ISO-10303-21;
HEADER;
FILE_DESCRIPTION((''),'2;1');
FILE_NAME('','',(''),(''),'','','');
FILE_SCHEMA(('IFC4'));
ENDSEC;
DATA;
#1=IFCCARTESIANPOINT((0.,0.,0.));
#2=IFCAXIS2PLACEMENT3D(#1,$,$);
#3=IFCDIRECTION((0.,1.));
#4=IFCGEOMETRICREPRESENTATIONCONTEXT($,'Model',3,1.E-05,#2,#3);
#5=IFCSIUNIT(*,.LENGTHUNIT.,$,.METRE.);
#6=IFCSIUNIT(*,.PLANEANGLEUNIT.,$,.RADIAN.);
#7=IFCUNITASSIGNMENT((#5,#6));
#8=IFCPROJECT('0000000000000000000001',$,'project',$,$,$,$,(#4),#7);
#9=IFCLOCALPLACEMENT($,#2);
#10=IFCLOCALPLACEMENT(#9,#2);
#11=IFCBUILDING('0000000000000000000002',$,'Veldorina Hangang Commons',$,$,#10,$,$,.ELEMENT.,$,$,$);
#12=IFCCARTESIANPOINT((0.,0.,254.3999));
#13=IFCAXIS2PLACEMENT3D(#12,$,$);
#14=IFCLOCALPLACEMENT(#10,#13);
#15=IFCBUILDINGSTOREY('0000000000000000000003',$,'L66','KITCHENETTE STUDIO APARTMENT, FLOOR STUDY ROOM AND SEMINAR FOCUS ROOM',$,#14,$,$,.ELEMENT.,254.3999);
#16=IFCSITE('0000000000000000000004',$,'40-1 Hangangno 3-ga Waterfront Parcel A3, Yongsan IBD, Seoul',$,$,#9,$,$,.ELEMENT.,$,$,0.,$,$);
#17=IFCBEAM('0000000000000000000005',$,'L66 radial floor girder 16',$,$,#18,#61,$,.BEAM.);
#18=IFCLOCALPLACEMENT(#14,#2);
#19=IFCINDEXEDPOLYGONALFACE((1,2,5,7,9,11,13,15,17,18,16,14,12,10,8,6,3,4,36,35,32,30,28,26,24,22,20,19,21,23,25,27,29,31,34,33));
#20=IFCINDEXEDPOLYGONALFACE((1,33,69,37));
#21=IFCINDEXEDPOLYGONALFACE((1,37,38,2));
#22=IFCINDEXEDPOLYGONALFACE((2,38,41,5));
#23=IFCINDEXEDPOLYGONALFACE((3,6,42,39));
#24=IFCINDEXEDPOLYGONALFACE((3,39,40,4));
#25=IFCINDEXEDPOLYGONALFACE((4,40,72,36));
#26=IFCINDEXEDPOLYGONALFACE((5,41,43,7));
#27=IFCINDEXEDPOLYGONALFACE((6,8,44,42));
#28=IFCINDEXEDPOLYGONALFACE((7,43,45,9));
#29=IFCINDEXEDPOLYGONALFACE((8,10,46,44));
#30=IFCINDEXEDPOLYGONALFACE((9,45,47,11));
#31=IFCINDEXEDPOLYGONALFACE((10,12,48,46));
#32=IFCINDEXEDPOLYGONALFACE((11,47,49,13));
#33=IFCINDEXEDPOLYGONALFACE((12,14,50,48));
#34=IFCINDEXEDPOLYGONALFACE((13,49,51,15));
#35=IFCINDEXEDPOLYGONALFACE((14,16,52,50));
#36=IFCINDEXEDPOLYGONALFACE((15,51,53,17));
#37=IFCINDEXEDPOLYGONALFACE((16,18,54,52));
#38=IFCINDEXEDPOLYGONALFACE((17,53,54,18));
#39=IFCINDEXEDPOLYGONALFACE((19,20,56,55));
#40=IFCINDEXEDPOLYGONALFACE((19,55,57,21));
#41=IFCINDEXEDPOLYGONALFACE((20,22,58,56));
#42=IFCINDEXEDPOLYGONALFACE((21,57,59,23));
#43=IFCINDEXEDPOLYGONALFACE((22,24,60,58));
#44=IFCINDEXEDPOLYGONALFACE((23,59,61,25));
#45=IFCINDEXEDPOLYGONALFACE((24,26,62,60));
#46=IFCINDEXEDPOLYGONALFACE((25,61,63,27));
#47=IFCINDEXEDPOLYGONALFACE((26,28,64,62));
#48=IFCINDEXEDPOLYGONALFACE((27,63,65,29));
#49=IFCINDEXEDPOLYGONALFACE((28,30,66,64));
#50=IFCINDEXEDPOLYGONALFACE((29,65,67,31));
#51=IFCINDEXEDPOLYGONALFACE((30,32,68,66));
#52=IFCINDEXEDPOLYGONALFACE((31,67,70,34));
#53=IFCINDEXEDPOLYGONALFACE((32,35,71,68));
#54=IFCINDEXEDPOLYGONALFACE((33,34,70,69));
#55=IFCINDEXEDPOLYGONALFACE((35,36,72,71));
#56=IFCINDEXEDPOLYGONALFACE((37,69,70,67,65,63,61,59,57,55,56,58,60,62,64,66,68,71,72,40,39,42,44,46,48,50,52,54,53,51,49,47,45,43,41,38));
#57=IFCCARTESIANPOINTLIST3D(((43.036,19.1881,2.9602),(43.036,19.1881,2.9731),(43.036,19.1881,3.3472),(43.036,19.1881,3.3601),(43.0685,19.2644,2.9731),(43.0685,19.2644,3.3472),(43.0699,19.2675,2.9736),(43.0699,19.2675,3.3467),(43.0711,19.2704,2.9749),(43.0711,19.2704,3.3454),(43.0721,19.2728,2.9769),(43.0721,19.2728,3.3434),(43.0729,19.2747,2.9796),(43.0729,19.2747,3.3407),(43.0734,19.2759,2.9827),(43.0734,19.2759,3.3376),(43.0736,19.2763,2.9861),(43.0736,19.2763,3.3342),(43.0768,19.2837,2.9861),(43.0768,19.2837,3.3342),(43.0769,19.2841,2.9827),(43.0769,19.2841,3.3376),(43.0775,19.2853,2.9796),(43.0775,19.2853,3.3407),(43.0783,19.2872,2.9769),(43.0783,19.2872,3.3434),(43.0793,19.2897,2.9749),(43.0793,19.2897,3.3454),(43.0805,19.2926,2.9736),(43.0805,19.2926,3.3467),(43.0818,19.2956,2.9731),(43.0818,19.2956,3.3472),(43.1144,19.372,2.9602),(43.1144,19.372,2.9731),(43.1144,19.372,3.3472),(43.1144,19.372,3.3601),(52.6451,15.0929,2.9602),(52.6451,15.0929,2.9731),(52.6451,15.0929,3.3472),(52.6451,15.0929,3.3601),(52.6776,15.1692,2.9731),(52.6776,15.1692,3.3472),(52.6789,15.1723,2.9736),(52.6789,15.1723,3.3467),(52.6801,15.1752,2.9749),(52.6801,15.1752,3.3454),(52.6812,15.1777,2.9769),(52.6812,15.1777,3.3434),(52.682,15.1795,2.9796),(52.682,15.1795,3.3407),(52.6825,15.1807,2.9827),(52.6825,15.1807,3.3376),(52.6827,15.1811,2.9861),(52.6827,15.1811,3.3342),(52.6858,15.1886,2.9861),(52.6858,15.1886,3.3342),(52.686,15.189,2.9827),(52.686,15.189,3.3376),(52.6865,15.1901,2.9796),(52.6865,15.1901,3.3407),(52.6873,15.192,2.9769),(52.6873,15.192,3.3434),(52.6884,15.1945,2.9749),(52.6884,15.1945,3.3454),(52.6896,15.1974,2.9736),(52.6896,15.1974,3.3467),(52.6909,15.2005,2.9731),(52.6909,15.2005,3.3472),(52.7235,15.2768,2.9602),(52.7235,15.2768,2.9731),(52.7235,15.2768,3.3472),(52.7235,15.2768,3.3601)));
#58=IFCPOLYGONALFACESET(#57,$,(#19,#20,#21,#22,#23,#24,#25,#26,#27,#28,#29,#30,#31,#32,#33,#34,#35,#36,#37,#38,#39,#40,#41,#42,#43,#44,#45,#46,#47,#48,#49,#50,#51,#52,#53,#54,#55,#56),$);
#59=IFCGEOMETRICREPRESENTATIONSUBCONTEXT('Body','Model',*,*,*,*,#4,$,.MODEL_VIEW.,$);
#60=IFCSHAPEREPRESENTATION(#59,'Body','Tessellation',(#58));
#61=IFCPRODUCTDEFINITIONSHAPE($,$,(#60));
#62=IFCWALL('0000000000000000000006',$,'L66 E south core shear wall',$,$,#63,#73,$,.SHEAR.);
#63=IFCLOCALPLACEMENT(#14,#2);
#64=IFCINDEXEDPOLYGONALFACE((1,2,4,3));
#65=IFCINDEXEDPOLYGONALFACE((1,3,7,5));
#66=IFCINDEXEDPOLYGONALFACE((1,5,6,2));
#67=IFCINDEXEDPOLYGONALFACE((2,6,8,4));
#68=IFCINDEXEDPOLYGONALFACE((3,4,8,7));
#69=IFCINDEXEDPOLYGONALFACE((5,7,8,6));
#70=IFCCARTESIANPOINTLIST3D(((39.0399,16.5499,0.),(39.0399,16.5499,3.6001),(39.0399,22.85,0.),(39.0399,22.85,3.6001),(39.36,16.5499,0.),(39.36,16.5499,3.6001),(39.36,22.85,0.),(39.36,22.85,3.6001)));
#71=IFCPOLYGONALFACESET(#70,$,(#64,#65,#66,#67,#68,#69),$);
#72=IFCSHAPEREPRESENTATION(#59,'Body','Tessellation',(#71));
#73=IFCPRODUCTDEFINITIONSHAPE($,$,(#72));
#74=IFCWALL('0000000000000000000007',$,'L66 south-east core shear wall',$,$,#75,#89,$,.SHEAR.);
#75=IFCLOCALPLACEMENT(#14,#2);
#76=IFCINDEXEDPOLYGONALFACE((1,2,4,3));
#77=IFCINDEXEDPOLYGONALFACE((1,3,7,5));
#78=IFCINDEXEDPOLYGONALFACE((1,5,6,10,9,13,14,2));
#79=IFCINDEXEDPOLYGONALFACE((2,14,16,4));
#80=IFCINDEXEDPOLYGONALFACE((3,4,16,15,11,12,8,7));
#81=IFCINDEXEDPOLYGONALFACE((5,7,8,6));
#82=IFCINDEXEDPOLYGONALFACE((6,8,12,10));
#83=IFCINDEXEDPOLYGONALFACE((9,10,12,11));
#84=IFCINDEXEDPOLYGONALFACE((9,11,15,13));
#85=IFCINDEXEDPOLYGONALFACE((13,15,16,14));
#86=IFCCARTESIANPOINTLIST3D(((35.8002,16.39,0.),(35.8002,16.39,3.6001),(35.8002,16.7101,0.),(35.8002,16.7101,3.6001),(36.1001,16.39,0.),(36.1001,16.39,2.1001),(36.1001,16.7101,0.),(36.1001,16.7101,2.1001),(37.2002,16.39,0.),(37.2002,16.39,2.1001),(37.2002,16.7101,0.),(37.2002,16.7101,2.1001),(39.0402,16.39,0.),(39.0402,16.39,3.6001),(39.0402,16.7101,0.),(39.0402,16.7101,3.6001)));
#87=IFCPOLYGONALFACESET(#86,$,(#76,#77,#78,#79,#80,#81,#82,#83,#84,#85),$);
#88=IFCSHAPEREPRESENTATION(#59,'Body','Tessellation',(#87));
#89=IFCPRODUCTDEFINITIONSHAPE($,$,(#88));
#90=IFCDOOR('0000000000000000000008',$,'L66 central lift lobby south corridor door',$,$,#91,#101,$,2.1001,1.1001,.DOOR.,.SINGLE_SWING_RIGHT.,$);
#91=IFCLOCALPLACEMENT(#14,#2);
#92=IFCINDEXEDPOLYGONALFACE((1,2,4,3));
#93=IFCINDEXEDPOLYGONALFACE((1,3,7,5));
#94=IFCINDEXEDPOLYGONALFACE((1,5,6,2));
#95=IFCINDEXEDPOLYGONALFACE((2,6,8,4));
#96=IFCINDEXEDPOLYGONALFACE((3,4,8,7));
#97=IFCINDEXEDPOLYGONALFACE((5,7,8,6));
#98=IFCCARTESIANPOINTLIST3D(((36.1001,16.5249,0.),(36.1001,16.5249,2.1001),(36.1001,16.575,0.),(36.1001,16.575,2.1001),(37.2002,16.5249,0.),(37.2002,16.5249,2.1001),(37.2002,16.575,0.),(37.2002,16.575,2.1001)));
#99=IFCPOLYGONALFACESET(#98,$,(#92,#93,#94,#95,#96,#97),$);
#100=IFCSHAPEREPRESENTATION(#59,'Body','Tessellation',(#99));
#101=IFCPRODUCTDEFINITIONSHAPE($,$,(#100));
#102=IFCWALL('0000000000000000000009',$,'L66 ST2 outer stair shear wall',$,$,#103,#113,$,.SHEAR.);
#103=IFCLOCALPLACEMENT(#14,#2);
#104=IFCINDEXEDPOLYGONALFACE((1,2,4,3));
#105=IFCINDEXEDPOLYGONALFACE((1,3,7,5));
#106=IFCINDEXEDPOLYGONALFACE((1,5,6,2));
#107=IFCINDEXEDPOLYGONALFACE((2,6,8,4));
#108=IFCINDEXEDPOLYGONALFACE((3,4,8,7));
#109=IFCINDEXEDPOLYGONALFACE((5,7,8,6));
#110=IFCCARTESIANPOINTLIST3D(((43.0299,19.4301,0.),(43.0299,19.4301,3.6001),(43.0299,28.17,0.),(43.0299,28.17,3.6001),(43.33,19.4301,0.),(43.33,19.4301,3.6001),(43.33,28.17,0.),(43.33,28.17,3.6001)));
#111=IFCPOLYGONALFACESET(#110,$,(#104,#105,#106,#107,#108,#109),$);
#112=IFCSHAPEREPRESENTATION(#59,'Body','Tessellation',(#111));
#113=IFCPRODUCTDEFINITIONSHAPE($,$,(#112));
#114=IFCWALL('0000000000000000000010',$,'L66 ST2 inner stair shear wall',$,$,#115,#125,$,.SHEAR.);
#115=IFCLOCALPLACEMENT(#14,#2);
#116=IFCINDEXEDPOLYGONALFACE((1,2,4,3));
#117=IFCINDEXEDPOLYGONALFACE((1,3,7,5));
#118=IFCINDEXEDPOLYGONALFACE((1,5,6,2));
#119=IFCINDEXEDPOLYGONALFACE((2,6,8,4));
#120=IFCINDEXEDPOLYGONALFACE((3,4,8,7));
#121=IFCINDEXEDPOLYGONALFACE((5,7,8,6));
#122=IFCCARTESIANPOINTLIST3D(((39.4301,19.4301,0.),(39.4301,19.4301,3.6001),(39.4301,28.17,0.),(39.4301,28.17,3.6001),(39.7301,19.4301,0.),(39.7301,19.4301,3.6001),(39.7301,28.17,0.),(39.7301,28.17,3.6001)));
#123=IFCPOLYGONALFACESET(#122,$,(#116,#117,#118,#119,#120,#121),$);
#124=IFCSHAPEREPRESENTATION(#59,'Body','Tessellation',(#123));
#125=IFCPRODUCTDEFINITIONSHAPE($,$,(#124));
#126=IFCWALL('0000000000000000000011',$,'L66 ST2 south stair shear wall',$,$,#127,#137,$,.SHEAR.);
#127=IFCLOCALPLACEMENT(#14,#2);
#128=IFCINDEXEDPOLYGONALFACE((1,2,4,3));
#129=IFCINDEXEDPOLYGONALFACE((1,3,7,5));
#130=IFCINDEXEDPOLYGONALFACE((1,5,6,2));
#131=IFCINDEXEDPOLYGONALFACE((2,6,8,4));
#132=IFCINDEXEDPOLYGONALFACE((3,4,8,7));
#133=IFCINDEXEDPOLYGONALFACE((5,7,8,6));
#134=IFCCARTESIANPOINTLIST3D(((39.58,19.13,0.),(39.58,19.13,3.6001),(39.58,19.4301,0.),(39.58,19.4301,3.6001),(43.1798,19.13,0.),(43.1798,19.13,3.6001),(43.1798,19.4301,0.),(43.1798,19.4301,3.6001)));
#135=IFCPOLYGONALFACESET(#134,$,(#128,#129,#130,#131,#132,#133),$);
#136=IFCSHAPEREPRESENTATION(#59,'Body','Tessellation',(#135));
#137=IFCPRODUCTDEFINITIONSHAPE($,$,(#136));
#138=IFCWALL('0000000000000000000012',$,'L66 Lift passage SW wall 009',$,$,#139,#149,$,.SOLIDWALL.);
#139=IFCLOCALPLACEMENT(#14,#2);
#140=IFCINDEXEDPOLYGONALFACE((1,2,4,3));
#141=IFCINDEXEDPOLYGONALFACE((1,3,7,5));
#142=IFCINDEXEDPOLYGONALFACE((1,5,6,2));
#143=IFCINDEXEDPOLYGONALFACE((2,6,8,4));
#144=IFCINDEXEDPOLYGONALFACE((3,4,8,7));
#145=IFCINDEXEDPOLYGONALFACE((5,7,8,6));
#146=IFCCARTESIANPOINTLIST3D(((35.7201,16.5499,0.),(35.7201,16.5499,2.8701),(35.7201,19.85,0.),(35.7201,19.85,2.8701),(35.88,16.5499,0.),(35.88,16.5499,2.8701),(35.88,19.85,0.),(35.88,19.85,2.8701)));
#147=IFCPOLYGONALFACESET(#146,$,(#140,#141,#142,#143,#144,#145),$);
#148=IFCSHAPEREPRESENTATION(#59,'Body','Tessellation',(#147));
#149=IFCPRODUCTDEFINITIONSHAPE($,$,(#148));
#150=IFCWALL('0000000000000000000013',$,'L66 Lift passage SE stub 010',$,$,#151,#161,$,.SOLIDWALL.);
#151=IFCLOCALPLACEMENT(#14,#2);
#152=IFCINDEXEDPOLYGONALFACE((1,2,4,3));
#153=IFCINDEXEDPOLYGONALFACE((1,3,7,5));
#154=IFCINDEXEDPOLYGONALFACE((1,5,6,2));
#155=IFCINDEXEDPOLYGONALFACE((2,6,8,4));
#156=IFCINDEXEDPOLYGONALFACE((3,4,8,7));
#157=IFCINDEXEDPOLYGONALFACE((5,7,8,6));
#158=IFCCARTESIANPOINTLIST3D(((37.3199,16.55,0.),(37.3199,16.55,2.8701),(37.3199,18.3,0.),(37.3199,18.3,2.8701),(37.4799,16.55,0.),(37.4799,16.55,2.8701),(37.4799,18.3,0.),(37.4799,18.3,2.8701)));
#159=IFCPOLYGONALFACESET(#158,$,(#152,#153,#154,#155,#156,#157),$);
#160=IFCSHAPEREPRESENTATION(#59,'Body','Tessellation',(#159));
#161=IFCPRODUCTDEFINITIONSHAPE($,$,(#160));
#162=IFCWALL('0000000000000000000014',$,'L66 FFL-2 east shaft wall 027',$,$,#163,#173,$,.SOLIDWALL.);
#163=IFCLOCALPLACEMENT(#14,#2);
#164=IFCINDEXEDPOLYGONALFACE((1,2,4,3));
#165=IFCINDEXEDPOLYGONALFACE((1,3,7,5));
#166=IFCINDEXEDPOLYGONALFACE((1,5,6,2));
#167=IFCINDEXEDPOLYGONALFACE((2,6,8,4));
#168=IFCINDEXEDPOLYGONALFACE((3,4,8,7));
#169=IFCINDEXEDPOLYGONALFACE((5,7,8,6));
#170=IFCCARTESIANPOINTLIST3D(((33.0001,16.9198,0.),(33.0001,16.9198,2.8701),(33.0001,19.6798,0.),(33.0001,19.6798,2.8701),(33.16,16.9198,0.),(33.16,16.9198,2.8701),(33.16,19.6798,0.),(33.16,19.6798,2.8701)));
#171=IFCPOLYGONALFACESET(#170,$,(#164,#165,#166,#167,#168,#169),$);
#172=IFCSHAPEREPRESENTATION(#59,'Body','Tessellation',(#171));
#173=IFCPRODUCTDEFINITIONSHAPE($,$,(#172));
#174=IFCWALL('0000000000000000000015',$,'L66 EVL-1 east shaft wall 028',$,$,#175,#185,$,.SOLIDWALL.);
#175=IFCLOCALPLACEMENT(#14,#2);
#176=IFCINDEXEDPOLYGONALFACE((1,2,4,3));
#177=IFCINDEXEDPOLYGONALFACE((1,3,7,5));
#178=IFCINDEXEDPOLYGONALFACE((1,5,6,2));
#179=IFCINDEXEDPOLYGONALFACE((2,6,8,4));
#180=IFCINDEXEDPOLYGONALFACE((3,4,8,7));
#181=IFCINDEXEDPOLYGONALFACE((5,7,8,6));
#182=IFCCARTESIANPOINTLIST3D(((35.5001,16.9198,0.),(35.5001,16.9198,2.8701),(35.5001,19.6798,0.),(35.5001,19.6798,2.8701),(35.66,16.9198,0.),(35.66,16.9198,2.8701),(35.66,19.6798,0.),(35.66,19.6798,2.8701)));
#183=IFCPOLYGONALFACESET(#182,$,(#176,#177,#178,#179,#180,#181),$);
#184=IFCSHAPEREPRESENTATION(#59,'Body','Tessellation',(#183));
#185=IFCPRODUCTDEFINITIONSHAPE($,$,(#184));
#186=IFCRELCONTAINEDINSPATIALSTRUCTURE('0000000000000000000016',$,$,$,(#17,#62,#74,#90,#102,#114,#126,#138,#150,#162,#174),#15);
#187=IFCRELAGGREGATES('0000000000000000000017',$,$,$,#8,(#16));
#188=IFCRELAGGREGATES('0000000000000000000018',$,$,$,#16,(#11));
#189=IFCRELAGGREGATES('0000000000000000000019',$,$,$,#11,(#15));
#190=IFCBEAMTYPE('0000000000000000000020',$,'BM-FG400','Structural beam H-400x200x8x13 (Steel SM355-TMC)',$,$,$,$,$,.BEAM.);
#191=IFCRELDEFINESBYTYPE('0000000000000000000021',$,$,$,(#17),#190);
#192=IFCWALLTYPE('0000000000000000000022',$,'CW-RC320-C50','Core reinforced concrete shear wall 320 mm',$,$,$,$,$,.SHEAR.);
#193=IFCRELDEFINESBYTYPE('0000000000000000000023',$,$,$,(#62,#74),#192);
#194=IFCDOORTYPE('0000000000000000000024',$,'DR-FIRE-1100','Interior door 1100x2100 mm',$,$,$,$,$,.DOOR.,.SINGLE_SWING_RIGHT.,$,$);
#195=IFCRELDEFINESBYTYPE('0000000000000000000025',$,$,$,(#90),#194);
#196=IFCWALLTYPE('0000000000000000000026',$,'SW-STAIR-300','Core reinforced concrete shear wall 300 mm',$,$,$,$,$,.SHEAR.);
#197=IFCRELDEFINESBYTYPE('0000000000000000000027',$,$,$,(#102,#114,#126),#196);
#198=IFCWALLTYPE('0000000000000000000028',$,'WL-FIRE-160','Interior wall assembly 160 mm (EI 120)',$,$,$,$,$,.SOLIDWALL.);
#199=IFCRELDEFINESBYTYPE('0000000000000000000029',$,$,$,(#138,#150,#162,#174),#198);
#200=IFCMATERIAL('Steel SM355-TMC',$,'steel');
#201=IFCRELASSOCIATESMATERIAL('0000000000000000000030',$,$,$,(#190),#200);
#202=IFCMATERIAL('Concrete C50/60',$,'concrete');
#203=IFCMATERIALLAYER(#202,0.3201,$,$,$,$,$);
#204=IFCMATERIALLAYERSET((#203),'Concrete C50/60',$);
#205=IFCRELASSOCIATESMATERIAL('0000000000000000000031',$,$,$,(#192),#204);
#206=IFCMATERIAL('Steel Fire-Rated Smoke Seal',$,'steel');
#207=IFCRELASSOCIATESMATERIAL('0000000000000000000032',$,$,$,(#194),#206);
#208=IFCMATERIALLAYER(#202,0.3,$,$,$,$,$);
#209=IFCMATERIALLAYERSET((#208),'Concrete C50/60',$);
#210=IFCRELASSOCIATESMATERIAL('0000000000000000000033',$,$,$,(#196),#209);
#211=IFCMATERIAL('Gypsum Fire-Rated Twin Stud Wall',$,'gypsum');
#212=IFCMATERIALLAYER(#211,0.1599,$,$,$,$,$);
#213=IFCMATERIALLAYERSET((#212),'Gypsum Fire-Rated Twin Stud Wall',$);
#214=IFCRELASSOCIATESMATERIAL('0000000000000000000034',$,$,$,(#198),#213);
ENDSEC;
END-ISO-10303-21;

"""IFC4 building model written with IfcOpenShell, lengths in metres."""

from ifc_helpers import new_model, si_unit, direction, frame, frame_2d, origin, origin_2d, place, context, subcontext, project, spatial, rectangle, i_section, extrude, material, layer, layer_set, material_profile, profile_set, type_object, element, fill, save


model = new_model("IFC4")

# Units and contexts
model_context = context("Model", 3, precision=1e-05, world=origin(), true_north=direction((0.0, 1.0)))
body_context = subcontext(model_context, "Body", "Model", "MODEL_VIEW")
ifc_project = project(units=[si_unit("LENGTHUNIT", "METRE"), si_unit("PLANEANGLEUNIT", "RADIAN")], contexts=[model_context])

# Site, building, storey
site_placement = place(None, origin())
site = spatial("IfcSite", under=ifc_project, at=site_placement, Name="40-1 Hangangno 3-ga Waterfront Parcel A3, Yongsan IBD, Seoul", CompositionType="ELEMENT", RefElevation=0.0)
building_placement = place(site_placement, origin())
building = spatial("IfcBuilding", under=site, at=building_placement, Name="Veldorina Hangang Commons", CompositionType="ELEMENT")
storey_placement = place(building_placement, frame((0.0, 0.0, 254.3999)))
storey = spatial("IfcBuildingStorey", under=building, at=storey_placement, Name="L66", Description="KITCHENETTE STUDIO APARTMENT, FLOOR STUDY ROOM AND SEMINAR FOCUS ROOM", CompositionType="ELEMENT", Elevation=254.3999)

# Beam
ifc_material_1 = material(Name="Concrete C50/60", Category="concrete")
ifc_material_2 = material(Name="Steel SM355-TMC", Category="steel")
ifc_material_profile_1 = material_profile(ifc_material_2, i_section(OverallWidth=0.2, OverallDepth=0.3999, WebThickness=0.0081, FlangeThickness=0.0129, FilletRadius=0.0129, at=origin_2d()), Name="H-400x200x8x13")
ifc_profile_set_1 = profile_set([ifc_material_profile_1], Name="Steel SM355-TMC")
beam_type_1 = type_object("IfcBeamType", Name="BM-FG400", Description="Structural beam H-400x200x8x13 (Steel SM355-TMC)", PredefinedType="BEAM", material=ifc_profile_set_1)
beam_1_placement = place(storey_placement, frame((43.0752, 19.28, 3.1602), z_axis=(0.91994, -0.39206, 0.0), x_axis=(0.39206, 0.91994, 0.0)))
element("IfcBeam", 1, at=beam_1_placement, inside=storey, type_object=beam_type_1, Name="L66 radial floor girder 16", PredefinedType="BEAM", context=body_context, shape_type="SweptSolid", body=[
    extrude(i_section(OverallWidth=0.2, OverallDepth=0.3999, WebThickness=0.0081, FlangeThickness=0.0129, FilletRadius=0.0129, at=origin_2d()), origin(), (0.0, 0.0, 1.0), 10.4453),
])

# Wall
ifc_layer_1 = layer(ifc_material_1, 0.3201)
ifc_layer_set_1 = layer_set([ifc_layer_1], Name="Concrete C50/60")
wall_type_1 = type_object("IfcWallType", Name="CW-RC320-C50", Description="Core reinforced concrete shear wall 320 mm", PredefinedType="SHEAR", material=ifc_layer_set_1)
wall_1_placement = place(storey_placement, frame((39.2, 16.55, 0.0), z_axis=(0.0, 0.0, 1.0), x_axis=(0.0, 1.0, 0.0)))
element("IfcWall", 2, at=wall_1_placement, inside=storey, type_object=wall_type_1, Name="L66 E south core shear wall", PredefinedType="SHEAR", context=body_context, shape_type="SweptSolid", body=[
    extrude(rectangle(XDim=6.3, YDim=0.3201, at=frame_2d((3.1499, 0.0))), origin(), (0.0, 0.0, 1.0), 3.6001),
])

# Wall, opening, door
wall_2_placement = place(storey_placement, frame((35.8, 16.55, 0.0), z_axis=(0.0, 0.0, 1.0), x_axis=(1.0, 0.0, 0.0)))
wall_2 = element("IfcWall", 3, at=wall_2_placement, inside=storey, type_object=wall_type_1, Name="L66 south-east core shear wall", PredefinedType="SHEAR", context=body_context, shape_type="SweptSolid", body=[
    extrude(rectangle(XDim=3.24, YDim=0.3201, at=frame_2d((1.6201, 0.0))), origin(), (0.0, 0.0, 1.0), 3.6001),
])
opening_1_placement = place(wall_2_placement, frame((0.3, 0.0, 0.0)))
opening_1 = element("IfcOpeningElement", 4, at=opening_1_placement, cuts=wall_2, PredefinedType="OPENING", context=body_context, shape_type="SweptSolid", body=[
    extrude(rectangle(XDim=1.1001, YDim=2.1001, at=frame_2d((0.55, 1.05))), frame((0.0, 0.1699, 0.0), z_axis=(0.0, -1.0, 0.0), x_axis=(1.0, 0.0, 0.0)), (0.0, 0.0, 1.0), 0.3401),
])
ifc_material_3 = material(Name="Steel Fire-Rated Smoke Seal", Category="steel")
door_type_1 = type_object("IfcDoorType", Name="DR-FIRE-1100", Description="Interior door 1100x2100 mm", OperationType="SINGLE_SWING_RIGHT", PredefinedType="DOOR", material=ifc_material_3)
door_1_placement = place(opening_1_placement, origin())
door_1 = element("IfcDoor", 5, at=door_1_placement, inside=storey, type_object=door_type_1, Name="L66 central lift lobby south corridor door", OperationType="SINGLE_SWING_RIGHT", OverallHeight=2.1001, OverallWidth=1.1001, PredefinedType="DOOR", context=body_context, shape_type="SweptSolid", body=[
    extrude(rectangle(XDim=1.1001, YDim=2.1001, at=frame_2d((0.55, 1.05))), frame((0.0, 0.0249, 0.0), z_axis=(0.0, -1.0, 0.0), x_axis=(1.0, 0.0, 0.0)), (0.0, 0.0, 1.0), 0.05),
])
fill(opening_1, door_1)

# Walls
ifc_layer_2 = layer(ifc_material_1, 0.3)
ifc_layer_set_2 = layer_set([ifc_layer_2], Name="Concrete C50/60")
wall_type_2 = type_object("IfcWallType", Name="SW-STAIR-300", Description="Core reinforced concrete shear wall 300 mm", PredefinedType="SHEAR", material=ifc_layer_set_2)
for number, where, z_axis, x_axis, name in (
    (6, (43.1799, 19.4299, 0.0), (0.0, 0.0, 1.0), (0.0, 1.0, 0.0), "L66 ST2 outer stair shear wall"),
    (7, (39.5801, 19.4299, 0.0), (0.0, 0.0, 1.0), (0.0, 1.0, 0.0), "L66 ST2 inner stair shear wall"),
):
    element("IfcWall", number, at=place(storey_placement, frame(where, z_axis=z_axis, x_axis=x_axis)), inside=storey, type_object=wall_type_2, Name=name, PredefinedType="SHEAR", context=body_context, shape_type="SweptSolid", body=[
        extrude(rectangle(XDim=8.74, YDim=0.3, at=frame_2d((4.3701, 0.0))), origin(), (0.0, 0.0, 1.0), 3.6001),
    ])
wall_3_placement = place(storey_placement, frame((39.5801, 19.28, 0.0), z_axis=(0.0, 0.0, 1.0), x_axis=(1.0, 0.0, 0.0)))
element("IfcWall", 8, at=wall_3_placement, inside=storey, type_object=wall_type_2, Name="L66 ST2 south stair shear wall", PredefinedType="SHEAR", context=body_context, shape_type="SweptSolid", body=[
    extrude(rectangle(XDim=3.5999, YDim=0.3, at=frame_2d((1.7998, 0.0))), origin(), (0.0, 0.0, 1.0), 3.6001),
])
ifc_material_4 = material(Name="Gypsum Fire-Rated Twin Stud Wall", Category="gypsum")
ifc_layer_3 = layer(ifc_material_4, 0.1599)
ifc_layer_set_3 = layer_set([ifc_layer_3], Name="Gypsum Fire-Rated Twin Stud Wall")
wall_type_3 = type_object("IfcWallType", Name="WL-FIRE-160", Description="Interior wall assembly 160 mm (EI 120)", PredefinedType="SOLIDWALL", material=ifc_layer_set_3)
wall_4_placement = place(storey_placement, frame((35.8, 16.55, 0.0), z_axis=(0.0, 0.0, 1.0), x_axis=(0.0, 1.0, 0.0)))
element("IfcWall", 9, at=wall_4_placement, inside=storey, type_object=wall_type_3, Name="L66 Lift passage SW wall 009", PredefinedType="SOLIDWALL", context=body_context, shape_type="SweptSolid", body=[
    extrude(rectangle(XDim=3.3, YDim=0.1599, at=frame_2d((1.6499, 0.0))), origin(), (0.0, 0.0, 1.0), 2.8701),
])
wall_5_placement = place(storey_placement, frame((37.3999, 16.55, 0.0), z_axis=(0.0, 0.0, 1.0), x_axis=(0.0, 1.0, 0.0)))
element("IfcWall", 10, at=wall_5_placement, inside=storey, type_object=wall_type_3, Name="L66 Lift passage SE stub 010", PredefinedType="SOLIDWALL", context=body_context, shape_type="SweptSolid", body=[
    extrude(rectangle(XDim=1.75, YDim=0.1599, at=frame_2d((0.875, 0.0))), origin(), (0.0, 0.0, 1.0), 2.8701),
])
for number, where, z_axis, x_axis, name in (
    (11, (33.0801, 16.9199, 0.0), (0.0, 0.0, 1.0), (0.0, 1.0, 0.0), "L66 FFL-2 east shaft wall 027"),
    (12, (35.5801, 16.9199, 0.0), (0.0, 0.0, 1.0), (0.0, 1.0, 0.0), "L66 EVL-1 east shaft wall 028"),
):
    element("IfcWall", number, at=place(storey_placement, frame(where, z_axis=z_axis, x_axis=x_axis)), inside=storey, type_object=wall_type_3, Name=name, PredefinedType="SOLIDWALL", context=body_context, shape_type="SweptSolid", body=[
        extrude(rectangle(XDim=2.76, YDim=0.1599, at=frame_2d((1.3799, 0.0))), origin(), (0.0, 0.0, 1.0), 2.8701),
    ])

save(model, "model.ifc")
